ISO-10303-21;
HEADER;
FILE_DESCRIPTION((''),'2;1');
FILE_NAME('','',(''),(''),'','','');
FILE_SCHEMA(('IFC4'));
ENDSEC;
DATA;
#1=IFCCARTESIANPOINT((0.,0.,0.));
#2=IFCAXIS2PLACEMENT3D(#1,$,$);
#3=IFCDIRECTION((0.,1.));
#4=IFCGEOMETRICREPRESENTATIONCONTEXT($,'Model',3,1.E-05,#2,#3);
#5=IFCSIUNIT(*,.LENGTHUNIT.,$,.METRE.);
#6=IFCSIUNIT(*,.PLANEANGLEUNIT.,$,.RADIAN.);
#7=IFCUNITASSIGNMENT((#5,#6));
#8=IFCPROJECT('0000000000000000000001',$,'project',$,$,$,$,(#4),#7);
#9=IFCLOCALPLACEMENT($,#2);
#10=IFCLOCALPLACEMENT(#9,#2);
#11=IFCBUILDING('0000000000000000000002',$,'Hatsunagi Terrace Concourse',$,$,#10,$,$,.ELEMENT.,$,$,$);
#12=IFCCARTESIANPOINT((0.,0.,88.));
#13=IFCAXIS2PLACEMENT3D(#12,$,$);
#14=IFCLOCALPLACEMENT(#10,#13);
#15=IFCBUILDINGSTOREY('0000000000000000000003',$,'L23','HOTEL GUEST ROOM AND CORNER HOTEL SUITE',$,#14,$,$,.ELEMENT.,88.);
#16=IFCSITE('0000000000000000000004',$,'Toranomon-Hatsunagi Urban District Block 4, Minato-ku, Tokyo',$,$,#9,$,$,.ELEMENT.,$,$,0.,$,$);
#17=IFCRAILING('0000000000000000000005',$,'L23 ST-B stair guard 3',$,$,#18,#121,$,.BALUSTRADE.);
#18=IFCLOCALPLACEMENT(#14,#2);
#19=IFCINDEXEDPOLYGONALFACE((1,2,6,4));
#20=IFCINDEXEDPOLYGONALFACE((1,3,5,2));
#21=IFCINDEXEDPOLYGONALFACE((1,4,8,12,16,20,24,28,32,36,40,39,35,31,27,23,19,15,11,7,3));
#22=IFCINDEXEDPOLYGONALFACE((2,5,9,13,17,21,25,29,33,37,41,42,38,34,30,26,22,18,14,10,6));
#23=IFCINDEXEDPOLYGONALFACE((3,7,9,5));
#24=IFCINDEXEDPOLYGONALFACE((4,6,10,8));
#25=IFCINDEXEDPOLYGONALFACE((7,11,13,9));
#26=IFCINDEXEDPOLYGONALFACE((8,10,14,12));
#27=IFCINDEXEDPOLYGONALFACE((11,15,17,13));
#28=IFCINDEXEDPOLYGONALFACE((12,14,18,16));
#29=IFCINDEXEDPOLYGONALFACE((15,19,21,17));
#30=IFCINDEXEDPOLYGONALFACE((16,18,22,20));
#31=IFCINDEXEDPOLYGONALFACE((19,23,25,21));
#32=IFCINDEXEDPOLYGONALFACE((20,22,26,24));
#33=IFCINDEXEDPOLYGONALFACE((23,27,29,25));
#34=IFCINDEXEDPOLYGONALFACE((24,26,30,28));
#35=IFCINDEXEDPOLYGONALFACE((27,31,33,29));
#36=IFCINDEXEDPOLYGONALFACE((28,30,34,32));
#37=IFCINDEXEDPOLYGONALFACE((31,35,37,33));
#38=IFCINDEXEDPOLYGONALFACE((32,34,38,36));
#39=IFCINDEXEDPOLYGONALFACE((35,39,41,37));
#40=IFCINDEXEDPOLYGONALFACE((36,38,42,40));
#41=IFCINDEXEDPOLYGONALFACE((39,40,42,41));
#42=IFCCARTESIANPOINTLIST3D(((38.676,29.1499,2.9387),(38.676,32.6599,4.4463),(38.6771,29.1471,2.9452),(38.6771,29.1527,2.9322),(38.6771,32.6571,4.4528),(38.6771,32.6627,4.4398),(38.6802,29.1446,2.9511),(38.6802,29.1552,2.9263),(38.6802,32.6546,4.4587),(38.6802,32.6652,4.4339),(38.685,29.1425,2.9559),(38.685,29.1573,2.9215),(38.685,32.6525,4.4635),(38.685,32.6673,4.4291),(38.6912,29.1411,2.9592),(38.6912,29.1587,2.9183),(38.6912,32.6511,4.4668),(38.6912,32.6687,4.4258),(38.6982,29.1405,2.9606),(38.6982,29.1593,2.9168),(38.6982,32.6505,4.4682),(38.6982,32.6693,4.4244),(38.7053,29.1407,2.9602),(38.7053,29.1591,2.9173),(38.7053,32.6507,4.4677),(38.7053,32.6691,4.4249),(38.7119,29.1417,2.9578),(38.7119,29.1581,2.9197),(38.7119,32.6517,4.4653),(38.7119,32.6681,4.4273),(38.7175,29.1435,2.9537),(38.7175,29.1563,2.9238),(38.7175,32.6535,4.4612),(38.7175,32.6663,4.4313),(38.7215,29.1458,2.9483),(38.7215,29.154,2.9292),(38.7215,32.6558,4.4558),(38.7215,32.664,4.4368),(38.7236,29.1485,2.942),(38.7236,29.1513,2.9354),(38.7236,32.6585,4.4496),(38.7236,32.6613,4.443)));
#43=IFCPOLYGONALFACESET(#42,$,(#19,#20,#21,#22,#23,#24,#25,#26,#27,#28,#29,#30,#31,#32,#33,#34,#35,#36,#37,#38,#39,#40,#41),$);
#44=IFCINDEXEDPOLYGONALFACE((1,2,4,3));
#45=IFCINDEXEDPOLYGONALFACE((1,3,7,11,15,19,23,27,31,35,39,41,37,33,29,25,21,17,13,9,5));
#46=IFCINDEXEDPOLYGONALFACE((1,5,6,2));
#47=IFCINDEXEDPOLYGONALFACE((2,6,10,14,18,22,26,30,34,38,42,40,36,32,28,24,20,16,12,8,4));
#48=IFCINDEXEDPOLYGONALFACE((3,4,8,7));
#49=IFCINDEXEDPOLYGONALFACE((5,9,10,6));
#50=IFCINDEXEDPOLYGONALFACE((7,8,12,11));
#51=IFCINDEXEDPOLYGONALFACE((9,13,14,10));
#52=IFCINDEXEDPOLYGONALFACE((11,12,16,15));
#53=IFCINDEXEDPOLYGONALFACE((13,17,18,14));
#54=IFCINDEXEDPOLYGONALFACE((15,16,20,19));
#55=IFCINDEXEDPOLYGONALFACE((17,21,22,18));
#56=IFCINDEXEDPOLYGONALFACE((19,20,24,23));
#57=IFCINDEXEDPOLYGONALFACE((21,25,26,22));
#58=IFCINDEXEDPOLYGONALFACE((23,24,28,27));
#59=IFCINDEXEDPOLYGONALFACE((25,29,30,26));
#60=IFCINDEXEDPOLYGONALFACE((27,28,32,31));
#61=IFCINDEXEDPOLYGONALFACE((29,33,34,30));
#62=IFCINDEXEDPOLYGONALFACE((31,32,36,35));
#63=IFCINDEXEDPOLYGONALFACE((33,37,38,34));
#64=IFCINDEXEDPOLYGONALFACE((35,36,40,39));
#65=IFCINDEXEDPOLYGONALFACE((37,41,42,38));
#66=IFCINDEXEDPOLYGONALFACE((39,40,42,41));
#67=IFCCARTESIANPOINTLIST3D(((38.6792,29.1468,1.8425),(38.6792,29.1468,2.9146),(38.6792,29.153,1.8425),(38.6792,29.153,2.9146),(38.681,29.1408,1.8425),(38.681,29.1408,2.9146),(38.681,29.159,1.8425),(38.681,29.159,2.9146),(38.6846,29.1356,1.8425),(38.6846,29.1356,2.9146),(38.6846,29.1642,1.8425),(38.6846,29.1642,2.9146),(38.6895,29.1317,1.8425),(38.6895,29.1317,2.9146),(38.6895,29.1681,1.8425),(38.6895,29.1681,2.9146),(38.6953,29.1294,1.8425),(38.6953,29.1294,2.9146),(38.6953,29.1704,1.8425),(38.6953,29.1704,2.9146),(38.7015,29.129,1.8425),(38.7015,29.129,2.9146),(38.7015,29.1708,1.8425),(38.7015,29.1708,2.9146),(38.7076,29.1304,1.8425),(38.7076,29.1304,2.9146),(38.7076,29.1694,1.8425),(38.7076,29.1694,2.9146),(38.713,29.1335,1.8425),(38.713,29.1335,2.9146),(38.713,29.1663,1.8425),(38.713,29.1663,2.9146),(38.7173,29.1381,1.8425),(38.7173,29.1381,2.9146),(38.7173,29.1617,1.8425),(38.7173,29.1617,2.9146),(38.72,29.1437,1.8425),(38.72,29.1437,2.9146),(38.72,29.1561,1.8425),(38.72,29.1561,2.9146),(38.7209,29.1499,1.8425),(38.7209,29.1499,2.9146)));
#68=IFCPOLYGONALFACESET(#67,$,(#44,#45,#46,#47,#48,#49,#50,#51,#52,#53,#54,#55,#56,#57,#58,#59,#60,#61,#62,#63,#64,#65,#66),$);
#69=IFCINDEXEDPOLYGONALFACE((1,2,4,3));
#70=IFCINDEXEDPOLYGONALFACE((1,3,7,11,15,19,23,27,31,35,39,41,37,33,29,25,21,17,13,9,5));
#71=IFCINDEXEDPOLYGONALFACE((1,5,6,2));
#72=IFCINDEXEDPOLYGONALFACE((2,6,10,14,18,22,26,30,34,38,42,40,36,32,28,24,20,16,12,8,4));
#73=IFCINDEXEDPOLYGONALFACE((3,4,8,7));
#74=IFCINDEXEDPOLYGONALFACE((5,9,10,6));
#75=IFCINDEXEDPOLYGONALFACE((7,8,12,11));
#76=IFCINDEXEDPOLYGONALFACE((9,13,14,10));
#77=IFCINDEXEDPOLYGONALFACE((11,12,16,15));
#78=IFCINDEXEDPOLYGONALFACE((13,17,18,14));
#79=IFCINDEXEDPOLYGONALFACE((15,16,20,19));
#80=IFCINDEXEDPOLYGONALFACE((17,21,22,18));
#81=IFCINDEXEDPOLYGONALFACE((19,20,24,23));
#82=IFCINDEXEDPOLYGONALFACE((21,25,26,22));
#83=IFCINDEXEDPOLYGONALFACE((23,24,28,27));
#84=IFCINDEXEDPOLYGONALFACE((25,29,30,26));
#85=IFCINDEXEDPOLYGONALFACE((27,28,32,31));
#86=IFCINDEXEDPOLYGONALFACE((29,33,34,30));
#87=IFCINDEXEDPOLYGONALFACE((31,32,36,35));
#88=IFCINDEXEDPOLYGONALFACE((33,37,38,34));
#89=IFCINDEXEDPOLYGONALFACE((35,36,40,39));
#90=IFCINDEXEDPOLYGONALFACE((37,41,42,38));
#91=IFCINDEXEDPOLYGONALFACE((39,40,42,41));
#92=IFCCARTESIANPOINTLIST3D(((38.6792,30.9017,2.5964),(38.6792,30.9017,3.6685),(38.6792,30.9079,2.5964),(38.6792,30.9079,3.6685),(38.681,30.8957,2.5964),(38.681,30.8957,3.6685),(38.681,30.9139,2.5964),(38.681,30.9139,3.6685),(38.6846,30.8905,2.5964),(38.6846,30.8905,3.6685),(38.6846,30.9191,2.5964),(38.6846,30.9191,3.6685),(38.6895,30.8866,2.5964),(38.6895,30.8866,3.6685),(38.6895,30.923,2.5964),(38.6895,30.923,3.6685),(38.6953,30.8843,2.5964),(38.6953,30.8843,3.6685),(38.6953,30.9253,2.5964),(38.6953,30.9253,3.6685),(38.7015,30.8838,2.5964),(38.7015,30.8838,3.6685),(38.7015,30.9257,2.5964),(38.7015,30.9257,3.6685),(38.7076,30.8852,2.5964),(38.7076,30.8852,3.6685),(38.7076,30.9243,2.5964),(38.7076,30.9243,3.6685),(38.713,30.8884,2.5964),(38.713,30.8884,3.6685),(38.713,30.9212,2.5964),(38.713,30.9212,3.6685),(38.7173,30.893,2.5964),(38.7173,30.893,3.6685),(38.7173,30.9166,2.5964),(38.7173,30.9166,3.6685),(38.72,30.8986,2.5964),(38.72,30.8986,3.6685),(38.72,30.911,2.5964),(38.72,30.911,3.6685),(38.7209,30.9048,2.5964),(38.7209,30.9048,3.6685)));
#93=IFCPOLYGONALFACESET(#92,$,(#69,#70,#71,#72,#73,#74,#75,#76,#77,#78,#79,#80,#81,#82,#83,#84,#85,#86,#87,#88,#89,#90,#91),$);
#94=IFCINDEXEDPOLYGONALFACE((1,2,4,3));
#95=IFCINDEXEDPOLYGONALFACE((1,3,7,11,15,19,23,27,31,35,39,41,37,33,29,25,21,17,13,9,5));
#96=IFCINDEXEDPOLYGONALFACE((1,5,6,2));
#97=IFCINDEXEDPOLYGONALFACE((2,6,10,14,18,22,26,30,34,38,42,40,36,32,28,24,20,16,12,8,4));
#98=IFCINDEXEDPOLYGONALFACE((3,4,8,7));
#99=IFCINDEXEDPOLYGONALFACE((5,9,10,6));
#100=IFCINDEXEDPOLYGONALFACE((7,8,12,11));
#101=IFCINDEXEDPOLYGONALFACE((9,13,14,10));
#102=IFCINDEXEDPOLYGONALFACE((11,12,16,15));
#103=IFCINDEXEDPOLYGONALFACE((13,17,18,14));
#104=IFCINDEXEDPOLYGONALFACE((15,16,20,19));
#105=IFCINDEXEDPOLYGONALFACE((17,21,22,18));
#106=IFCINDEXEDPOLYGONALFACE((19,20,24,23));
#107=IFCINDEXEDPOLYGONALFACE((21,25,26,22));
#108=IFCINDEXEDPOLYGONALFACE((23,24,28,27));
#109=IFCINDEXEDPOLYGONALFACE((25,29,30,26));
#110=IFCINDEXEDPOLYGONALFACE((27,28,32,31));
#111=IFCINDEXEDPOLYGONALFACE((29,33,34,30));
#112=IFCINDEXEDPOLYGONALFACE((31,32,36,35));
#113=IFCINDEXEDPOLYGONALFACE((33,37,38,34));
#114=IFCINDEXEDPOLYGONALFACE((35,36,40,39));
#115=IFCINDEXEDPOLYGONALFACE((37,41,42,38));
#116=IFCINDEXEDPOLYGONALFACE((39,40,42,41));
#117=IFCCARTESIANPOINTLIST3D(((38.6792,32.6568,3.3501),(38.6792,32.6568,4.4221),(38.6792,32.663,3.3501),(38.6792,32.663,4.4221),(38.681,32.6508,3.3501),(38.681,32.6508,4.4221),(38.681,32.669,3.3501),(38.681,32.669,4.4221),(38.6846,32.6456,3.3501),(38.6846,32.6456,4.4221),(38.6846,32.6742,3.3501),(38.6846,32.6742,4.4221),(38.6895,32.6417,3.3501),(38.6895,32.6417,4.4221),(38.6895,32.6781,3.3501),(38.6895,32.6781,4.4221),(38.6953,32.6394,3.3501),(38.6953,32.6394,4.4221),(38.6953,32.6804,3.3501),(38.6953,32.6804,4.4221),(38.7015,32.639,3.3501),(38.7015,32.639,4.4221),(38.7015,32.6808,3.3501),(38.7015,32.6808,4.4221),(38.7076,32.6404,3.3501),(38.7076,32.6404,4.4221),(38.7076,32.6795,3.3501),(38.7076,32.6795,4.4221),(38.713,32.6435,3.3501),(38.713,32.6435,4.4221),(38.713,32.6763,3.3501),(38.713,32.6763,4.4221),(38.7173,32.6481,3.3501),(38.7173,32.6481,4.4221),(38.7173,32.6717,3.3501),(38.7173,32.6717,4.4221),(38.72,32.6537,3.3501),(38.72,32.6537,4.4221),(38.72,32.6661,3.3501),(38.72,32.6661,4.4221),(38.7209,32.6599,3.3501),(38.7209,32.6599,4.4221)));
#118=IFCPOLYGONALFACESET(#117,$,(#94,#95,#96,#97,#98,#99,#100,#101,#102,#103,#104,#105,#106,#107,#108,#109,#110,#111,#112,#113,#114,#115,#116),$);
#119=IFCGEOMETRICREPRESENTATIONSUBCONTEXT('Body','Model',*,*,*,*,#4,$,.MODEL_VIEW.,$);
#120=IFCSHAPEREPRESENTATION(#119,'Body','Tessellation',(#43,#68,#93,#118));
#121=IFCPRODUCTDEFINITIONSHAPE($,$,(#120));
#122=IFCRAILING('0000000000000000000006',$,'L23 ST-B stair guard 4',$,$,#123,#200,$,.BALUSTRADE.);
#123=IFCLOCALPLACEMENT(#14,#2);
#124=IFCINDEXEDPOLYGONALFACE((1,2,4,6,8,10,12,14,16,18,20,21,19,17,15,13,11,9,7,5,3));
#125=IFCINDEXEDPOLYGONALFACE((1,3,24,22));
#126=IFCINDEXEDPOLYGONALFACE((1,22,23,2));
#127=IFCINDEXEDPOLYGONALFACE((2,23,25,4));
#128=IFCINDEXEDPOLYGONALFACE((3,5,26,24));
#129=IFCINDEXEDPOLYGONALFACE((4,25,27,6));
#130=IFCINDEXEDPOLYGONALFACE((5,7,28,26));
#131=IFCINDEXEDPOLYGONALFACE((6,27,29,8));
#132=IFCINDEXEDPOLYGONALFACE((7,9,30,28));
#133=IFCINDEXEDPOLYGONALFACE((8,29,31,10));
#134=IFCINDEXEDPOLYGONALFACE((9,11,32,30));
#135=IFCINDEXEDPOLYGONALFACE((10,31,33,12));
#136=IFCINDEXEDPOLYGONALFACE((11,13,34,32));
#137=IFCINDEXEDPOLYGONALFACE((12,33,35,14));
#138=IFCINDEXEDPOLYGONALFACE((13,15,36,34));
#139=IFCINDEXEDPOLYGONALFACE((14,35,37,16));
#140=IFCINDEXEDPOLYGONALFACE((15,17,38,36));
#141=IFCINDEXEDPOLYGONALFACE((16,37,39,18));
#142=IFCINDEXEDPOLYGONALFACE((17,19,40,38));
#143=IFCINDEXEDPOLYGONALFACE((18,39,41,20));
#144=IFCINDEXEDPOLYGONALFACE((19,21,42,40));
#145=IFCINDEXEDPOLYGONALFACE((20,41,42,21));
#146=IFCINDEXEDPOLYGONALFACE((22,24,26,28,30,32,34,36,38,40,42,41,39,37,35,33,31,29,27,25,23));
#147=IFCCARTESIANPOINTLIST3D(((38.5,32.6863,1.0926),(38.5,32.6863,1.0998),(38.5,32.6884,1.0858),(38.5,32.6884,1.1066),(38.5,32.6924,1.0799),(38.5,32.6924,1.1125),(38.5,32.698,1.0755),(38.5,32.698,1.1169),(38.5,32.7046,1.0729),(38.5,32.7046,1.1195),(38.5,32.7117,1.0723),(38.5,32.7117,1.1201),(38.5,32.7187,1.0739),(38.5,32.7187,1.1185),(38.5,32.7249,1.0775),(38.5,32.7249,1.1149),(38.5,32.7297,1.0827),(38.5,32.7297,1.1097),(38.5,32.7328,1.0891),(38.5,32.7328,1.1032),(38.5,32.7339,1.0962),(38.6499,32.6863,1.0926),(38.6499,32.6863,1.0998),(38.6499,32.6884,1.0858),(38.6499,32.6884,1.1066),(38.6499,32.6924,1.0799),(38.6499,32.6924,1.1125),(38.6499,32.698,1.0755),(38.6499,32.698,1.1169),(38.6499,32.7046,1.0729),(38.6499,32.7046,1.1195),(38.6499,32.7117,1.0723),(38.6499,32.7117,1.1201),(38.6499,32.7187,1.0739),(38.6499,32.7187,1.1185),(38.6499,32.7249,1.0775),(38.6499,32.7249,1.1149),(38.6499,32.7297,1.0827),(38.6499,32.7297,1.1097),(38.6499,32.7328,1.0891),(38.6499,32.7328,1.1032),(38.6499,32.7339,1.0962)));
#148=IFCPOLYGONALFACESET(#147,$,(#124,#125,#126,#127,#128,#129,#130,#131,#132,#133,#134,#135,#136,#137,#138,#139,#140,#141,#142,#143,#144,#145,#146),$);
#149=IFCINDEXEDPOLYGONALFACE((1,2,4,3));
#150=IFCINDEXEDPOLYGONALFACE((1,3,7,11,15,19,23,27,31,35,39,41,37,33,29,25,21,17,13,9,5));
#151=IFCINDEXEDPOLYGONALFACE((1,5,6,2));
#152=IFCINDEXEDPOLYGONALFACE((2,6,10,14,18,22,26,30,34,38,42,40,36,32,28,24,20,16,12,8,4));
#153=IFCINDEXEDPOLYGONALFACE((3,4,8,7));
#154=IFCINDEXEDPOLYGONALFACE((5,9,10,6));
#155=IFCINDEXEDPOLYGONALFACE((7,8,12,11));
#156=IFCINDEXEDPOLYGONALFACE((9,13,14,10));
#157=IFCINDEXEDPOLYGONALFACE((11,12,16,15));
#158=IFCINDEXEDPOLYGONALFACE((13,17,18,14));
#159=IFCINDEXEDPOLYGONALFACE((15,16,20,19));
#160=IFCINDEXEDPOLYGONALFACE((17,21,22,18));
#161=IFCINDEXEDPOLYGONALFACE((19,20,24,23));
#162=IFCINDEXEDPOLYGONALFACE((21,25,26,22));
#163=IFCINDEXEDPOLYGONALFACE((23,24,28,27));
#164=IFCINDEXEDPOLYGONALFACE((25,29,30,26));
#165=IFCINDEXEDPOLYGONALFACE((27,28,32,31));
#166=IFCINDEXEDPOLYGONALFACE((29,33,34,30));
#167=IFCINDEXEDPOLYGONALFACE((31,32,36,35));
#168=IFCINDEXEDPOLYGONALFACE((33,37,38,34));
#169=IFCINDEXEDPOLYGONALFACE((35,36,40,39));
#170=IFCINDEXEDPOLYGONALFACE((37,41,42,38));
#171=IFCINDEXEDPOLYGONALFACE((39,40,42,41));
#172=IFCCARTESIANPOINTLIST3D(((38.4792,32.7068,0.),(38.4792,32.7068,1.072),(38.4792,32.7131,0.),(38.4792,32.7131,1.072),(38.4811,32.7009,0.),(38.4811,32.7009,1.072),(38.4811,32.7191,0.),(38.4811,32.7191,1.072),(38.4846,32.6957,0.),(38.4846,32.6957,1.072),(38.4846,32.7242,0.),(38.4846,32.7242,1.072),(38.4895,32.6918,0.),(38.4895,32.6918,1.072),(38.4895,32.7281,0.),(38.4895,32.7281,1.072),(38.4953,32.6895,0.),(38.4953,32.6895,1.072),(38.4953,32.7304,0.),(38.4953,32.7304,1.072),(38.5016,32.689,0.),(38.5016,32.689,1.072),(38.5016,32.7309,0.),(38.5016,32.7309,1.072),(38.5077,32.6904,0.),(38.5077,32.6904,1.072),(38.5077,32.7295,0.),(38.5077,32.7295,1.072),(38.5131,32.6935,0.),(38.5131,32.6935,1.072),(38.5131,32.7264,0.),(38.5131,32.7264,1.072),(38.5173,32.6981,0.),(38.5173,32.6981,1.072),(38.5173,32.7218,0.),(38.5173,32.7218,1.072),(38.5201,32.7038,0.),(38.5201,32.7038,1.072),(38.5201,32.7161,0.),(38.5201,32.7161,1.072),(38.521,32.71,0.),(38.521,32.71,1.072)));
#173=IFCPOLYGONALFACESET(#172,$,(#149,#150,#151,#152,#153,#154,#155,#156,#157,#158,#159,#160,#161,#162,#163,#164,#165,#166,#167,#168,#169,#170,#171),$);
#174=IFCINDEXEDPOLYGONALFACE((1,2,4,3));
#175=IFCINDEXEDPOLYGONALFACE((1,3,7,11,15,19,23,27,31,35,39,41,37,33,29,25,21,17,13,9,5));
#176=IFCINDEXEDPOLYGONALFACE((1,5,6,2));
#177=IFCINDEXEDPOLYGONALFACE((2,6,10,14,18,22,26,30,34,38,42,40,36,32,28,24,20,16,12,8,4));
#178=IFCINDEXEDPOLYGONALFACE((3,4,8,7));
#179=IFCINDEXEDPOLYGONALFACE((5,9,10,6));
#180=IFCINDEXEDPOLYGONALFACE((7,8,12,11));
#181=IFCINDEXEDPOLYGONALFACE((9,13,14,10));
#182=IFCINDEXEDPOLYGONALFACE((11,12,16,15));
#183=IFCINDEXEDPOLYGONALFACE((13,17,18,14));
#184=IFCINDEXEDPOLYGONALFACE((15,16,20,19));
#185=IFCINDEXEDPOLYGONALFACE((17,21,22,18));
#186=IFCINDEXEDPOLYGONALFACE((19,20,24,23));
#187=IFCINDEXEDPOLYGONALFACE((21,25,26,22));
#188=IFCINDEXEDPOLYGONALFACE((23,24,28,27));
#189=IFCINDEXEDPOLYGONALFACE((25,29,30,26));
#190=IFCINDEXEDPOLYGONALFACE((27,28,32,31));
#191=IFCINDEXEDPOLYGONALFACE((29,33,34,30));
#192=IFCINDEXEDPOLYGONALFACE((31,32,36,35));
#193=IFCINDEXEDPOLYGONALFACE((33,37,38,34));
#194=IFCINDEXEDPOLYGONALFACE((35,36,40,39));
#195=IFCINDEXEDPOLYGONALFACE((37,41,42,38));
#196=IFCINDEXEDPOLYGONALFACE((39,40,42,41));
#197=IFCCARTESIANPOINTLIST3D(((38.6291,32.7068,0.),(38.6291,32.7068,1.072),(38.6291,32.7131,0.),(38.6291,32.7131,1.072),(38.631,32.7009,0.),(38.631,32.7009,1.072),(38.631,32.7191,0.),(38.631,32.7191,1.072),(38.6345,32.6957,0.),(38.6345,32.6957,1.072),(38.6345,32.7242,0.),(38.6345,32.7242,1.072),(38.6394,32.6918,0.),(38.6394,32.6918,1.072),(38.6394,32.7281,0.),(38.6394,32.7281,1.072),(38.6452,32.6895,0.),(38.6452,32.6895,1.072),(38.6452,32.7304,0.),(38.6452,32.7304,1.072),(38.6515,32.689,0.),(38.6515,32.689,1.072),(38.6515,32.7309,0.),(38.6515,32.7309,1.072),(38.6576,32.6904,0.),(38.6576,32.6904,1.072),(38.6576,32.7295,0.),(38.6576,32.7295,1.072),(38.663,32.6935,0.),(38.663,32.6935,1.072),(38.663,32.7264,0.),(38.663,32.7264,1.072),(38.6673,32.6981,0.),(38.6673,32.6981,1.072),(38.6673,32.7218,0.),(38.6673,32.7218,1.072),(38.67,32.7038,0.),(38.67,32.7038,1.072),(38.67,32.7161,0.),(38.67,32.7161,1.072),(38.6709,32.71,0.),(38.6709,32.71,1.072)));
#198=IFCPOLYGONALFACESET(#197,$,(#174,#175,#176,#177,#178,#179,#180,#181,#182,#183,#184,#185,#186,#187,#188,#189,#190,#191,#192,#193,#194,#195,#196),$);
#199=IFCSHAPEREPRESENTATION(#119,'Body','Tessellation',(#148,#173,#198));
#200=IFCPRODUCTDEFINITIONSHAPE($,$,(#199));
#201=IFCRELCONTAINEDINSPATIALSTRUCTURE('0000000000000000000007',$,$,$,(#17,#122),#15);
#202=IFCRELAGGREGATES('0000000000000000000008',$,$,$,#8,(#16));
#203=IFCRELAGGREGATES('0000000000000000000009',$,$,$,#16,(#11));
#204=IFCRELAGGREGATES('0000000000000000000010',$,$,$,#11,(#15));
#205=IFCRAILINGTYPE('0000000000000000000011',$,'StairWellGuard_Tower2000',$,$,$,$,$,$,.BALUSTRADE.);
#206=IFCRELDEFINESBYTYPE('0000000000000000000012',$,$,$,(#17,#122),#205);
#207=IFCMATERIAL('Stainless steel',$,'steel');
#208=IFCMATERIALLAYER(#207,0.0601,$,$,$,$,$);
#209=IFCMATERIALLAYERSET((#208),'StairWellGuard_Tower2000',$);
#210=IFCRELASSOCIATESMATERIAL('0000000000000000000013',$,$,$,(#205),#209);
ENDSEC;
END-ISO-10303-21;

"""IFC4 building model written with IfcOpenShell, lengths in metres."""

from ifc_helpers import new_model, si_unit, direction, frame, origin, origin_2d, place, context, subcontext, project, spatial, circle, extrude, material, layer, layer_set, type_object, element, save


model = new_model("IFC4")

# Units and contexts
model_context = context("Model", 3, precision=1e-05, world=origin(), true_north=direction((0.0, 1.0)))
body_context = subcontext(model_context, "Body", "Model", "MODEL_VIEW")
ifc_project = project(units=[si_unit("LENGTHUNIT", "METRE"), si_unit("PLANEANGLEUNIT", "RADIAN")], contexts=[model_context])

# Site, building, storey
site_placement = place(None, origin())
site = spatial("IfcSite", under=ifc_project, at=site_placement, Name="Toranomon-Hatsunagi Urban District Block 4, Minato-ku, Tokyo", CompositionType="ELEMENT", RefElevation=0.0)
building_placement = place(site_placement, origin())
building = spatial("IfcBuilding", under=site, at=building_placement, Name="Hatsunagi Terrace Concourse", CompositionType="ELEMENT")
storey_placement = place(building_placement, frame((0.0, 0.0, 88.0)))
storey = spatial("IfcBuildingStorey", under=building, at=storey_placement, Name="L23", Description="HOTEL GUEST ROOM AND CORNER HOTEL SUITE", CompositionType="ELEMENT", Elevation=88.0)

# Railings
ifc_material_1 = material(Name="Stainless steel", Category="steel")
ifc_layer_1 = layer(ifc_material_1, 0.0601)
ifc_layer_set_1 = layer_set([ifc_layer_1], Name="StairWellGuard_Tower2000")
railing_type_1 = type_object("IfcRailingType", Name="StairWellGuard_Tower2000", PredefinedType="BALUSTRADE", material=ifc_layer_set_1)
railing_1_placement = place(storey_placement, frame((38.7, 29.1499, 1.8425)))
element("IfcRailing", 1, at=railing_1_placement, inside=storey, type_object=railing_type_1, Name="L23 ST-B stair guard 3", PredefinedType="BALUSTRADE", context=body_context, shape_type="SweptSolid", body=[
    extrude(circle(Radius=0.0239, at=origin_2d()), frame((0.0, 0.0, 1.0962), z_axis=(0.0, 0.918834, 0.394644), x_axis=(-1.0, 0.0, 0.0)), (0.0, 0.0, 1.0), 3.8201),
    extrude(circle(Radius=0.021, at=origin_2d()), origin(), (0.0, 0.0, 1.0), 1.072),
    extrude(circle(Radius=0.021, at=origin_2d()), frame((0.0, 1.7549, 0.7539)), (0.0, 0.0, 1.0), 1.072),
    extrude(circle(Radius=0.021, at=origin_2d()), frame((0.0, 3.51, 1.5076)), (0.0, 0.0, 1.0), 1.072),
])
railing_2_placement = place(storey_placement, frame((38.5, 32.71, 0.0)))
element("IfcRailing", 2, at=railing_2_placement, inside=storey, type_object=railing_type_1, Name="L23 ST-B stair guard 4", PredefinedType="BALUSTRADE", context=body_context, shape_type="SweptSolid", body=[
    extrude(circle(Radius=0.0239, at=origin_2d()), frame((0.0, 0.0, 1.0962), z_axis=(1.0, 0.0, 0.0), x_axis=(0.0, 1.0, 0.0)), (0.0, 0.0, 1.0), 0.1499),
    extrude(circle(Radius=0.021, at=origin_2d()), origin(), (0.0, 0.0, 1.0), 1.072),
    extrude(circle(Radius=0.021, at=origin_2d()), frame((0.1499, 0.0, 0.0)), (0.0, 0.0, 1.0), 1.072),
])

save(model, "model.ifc")
